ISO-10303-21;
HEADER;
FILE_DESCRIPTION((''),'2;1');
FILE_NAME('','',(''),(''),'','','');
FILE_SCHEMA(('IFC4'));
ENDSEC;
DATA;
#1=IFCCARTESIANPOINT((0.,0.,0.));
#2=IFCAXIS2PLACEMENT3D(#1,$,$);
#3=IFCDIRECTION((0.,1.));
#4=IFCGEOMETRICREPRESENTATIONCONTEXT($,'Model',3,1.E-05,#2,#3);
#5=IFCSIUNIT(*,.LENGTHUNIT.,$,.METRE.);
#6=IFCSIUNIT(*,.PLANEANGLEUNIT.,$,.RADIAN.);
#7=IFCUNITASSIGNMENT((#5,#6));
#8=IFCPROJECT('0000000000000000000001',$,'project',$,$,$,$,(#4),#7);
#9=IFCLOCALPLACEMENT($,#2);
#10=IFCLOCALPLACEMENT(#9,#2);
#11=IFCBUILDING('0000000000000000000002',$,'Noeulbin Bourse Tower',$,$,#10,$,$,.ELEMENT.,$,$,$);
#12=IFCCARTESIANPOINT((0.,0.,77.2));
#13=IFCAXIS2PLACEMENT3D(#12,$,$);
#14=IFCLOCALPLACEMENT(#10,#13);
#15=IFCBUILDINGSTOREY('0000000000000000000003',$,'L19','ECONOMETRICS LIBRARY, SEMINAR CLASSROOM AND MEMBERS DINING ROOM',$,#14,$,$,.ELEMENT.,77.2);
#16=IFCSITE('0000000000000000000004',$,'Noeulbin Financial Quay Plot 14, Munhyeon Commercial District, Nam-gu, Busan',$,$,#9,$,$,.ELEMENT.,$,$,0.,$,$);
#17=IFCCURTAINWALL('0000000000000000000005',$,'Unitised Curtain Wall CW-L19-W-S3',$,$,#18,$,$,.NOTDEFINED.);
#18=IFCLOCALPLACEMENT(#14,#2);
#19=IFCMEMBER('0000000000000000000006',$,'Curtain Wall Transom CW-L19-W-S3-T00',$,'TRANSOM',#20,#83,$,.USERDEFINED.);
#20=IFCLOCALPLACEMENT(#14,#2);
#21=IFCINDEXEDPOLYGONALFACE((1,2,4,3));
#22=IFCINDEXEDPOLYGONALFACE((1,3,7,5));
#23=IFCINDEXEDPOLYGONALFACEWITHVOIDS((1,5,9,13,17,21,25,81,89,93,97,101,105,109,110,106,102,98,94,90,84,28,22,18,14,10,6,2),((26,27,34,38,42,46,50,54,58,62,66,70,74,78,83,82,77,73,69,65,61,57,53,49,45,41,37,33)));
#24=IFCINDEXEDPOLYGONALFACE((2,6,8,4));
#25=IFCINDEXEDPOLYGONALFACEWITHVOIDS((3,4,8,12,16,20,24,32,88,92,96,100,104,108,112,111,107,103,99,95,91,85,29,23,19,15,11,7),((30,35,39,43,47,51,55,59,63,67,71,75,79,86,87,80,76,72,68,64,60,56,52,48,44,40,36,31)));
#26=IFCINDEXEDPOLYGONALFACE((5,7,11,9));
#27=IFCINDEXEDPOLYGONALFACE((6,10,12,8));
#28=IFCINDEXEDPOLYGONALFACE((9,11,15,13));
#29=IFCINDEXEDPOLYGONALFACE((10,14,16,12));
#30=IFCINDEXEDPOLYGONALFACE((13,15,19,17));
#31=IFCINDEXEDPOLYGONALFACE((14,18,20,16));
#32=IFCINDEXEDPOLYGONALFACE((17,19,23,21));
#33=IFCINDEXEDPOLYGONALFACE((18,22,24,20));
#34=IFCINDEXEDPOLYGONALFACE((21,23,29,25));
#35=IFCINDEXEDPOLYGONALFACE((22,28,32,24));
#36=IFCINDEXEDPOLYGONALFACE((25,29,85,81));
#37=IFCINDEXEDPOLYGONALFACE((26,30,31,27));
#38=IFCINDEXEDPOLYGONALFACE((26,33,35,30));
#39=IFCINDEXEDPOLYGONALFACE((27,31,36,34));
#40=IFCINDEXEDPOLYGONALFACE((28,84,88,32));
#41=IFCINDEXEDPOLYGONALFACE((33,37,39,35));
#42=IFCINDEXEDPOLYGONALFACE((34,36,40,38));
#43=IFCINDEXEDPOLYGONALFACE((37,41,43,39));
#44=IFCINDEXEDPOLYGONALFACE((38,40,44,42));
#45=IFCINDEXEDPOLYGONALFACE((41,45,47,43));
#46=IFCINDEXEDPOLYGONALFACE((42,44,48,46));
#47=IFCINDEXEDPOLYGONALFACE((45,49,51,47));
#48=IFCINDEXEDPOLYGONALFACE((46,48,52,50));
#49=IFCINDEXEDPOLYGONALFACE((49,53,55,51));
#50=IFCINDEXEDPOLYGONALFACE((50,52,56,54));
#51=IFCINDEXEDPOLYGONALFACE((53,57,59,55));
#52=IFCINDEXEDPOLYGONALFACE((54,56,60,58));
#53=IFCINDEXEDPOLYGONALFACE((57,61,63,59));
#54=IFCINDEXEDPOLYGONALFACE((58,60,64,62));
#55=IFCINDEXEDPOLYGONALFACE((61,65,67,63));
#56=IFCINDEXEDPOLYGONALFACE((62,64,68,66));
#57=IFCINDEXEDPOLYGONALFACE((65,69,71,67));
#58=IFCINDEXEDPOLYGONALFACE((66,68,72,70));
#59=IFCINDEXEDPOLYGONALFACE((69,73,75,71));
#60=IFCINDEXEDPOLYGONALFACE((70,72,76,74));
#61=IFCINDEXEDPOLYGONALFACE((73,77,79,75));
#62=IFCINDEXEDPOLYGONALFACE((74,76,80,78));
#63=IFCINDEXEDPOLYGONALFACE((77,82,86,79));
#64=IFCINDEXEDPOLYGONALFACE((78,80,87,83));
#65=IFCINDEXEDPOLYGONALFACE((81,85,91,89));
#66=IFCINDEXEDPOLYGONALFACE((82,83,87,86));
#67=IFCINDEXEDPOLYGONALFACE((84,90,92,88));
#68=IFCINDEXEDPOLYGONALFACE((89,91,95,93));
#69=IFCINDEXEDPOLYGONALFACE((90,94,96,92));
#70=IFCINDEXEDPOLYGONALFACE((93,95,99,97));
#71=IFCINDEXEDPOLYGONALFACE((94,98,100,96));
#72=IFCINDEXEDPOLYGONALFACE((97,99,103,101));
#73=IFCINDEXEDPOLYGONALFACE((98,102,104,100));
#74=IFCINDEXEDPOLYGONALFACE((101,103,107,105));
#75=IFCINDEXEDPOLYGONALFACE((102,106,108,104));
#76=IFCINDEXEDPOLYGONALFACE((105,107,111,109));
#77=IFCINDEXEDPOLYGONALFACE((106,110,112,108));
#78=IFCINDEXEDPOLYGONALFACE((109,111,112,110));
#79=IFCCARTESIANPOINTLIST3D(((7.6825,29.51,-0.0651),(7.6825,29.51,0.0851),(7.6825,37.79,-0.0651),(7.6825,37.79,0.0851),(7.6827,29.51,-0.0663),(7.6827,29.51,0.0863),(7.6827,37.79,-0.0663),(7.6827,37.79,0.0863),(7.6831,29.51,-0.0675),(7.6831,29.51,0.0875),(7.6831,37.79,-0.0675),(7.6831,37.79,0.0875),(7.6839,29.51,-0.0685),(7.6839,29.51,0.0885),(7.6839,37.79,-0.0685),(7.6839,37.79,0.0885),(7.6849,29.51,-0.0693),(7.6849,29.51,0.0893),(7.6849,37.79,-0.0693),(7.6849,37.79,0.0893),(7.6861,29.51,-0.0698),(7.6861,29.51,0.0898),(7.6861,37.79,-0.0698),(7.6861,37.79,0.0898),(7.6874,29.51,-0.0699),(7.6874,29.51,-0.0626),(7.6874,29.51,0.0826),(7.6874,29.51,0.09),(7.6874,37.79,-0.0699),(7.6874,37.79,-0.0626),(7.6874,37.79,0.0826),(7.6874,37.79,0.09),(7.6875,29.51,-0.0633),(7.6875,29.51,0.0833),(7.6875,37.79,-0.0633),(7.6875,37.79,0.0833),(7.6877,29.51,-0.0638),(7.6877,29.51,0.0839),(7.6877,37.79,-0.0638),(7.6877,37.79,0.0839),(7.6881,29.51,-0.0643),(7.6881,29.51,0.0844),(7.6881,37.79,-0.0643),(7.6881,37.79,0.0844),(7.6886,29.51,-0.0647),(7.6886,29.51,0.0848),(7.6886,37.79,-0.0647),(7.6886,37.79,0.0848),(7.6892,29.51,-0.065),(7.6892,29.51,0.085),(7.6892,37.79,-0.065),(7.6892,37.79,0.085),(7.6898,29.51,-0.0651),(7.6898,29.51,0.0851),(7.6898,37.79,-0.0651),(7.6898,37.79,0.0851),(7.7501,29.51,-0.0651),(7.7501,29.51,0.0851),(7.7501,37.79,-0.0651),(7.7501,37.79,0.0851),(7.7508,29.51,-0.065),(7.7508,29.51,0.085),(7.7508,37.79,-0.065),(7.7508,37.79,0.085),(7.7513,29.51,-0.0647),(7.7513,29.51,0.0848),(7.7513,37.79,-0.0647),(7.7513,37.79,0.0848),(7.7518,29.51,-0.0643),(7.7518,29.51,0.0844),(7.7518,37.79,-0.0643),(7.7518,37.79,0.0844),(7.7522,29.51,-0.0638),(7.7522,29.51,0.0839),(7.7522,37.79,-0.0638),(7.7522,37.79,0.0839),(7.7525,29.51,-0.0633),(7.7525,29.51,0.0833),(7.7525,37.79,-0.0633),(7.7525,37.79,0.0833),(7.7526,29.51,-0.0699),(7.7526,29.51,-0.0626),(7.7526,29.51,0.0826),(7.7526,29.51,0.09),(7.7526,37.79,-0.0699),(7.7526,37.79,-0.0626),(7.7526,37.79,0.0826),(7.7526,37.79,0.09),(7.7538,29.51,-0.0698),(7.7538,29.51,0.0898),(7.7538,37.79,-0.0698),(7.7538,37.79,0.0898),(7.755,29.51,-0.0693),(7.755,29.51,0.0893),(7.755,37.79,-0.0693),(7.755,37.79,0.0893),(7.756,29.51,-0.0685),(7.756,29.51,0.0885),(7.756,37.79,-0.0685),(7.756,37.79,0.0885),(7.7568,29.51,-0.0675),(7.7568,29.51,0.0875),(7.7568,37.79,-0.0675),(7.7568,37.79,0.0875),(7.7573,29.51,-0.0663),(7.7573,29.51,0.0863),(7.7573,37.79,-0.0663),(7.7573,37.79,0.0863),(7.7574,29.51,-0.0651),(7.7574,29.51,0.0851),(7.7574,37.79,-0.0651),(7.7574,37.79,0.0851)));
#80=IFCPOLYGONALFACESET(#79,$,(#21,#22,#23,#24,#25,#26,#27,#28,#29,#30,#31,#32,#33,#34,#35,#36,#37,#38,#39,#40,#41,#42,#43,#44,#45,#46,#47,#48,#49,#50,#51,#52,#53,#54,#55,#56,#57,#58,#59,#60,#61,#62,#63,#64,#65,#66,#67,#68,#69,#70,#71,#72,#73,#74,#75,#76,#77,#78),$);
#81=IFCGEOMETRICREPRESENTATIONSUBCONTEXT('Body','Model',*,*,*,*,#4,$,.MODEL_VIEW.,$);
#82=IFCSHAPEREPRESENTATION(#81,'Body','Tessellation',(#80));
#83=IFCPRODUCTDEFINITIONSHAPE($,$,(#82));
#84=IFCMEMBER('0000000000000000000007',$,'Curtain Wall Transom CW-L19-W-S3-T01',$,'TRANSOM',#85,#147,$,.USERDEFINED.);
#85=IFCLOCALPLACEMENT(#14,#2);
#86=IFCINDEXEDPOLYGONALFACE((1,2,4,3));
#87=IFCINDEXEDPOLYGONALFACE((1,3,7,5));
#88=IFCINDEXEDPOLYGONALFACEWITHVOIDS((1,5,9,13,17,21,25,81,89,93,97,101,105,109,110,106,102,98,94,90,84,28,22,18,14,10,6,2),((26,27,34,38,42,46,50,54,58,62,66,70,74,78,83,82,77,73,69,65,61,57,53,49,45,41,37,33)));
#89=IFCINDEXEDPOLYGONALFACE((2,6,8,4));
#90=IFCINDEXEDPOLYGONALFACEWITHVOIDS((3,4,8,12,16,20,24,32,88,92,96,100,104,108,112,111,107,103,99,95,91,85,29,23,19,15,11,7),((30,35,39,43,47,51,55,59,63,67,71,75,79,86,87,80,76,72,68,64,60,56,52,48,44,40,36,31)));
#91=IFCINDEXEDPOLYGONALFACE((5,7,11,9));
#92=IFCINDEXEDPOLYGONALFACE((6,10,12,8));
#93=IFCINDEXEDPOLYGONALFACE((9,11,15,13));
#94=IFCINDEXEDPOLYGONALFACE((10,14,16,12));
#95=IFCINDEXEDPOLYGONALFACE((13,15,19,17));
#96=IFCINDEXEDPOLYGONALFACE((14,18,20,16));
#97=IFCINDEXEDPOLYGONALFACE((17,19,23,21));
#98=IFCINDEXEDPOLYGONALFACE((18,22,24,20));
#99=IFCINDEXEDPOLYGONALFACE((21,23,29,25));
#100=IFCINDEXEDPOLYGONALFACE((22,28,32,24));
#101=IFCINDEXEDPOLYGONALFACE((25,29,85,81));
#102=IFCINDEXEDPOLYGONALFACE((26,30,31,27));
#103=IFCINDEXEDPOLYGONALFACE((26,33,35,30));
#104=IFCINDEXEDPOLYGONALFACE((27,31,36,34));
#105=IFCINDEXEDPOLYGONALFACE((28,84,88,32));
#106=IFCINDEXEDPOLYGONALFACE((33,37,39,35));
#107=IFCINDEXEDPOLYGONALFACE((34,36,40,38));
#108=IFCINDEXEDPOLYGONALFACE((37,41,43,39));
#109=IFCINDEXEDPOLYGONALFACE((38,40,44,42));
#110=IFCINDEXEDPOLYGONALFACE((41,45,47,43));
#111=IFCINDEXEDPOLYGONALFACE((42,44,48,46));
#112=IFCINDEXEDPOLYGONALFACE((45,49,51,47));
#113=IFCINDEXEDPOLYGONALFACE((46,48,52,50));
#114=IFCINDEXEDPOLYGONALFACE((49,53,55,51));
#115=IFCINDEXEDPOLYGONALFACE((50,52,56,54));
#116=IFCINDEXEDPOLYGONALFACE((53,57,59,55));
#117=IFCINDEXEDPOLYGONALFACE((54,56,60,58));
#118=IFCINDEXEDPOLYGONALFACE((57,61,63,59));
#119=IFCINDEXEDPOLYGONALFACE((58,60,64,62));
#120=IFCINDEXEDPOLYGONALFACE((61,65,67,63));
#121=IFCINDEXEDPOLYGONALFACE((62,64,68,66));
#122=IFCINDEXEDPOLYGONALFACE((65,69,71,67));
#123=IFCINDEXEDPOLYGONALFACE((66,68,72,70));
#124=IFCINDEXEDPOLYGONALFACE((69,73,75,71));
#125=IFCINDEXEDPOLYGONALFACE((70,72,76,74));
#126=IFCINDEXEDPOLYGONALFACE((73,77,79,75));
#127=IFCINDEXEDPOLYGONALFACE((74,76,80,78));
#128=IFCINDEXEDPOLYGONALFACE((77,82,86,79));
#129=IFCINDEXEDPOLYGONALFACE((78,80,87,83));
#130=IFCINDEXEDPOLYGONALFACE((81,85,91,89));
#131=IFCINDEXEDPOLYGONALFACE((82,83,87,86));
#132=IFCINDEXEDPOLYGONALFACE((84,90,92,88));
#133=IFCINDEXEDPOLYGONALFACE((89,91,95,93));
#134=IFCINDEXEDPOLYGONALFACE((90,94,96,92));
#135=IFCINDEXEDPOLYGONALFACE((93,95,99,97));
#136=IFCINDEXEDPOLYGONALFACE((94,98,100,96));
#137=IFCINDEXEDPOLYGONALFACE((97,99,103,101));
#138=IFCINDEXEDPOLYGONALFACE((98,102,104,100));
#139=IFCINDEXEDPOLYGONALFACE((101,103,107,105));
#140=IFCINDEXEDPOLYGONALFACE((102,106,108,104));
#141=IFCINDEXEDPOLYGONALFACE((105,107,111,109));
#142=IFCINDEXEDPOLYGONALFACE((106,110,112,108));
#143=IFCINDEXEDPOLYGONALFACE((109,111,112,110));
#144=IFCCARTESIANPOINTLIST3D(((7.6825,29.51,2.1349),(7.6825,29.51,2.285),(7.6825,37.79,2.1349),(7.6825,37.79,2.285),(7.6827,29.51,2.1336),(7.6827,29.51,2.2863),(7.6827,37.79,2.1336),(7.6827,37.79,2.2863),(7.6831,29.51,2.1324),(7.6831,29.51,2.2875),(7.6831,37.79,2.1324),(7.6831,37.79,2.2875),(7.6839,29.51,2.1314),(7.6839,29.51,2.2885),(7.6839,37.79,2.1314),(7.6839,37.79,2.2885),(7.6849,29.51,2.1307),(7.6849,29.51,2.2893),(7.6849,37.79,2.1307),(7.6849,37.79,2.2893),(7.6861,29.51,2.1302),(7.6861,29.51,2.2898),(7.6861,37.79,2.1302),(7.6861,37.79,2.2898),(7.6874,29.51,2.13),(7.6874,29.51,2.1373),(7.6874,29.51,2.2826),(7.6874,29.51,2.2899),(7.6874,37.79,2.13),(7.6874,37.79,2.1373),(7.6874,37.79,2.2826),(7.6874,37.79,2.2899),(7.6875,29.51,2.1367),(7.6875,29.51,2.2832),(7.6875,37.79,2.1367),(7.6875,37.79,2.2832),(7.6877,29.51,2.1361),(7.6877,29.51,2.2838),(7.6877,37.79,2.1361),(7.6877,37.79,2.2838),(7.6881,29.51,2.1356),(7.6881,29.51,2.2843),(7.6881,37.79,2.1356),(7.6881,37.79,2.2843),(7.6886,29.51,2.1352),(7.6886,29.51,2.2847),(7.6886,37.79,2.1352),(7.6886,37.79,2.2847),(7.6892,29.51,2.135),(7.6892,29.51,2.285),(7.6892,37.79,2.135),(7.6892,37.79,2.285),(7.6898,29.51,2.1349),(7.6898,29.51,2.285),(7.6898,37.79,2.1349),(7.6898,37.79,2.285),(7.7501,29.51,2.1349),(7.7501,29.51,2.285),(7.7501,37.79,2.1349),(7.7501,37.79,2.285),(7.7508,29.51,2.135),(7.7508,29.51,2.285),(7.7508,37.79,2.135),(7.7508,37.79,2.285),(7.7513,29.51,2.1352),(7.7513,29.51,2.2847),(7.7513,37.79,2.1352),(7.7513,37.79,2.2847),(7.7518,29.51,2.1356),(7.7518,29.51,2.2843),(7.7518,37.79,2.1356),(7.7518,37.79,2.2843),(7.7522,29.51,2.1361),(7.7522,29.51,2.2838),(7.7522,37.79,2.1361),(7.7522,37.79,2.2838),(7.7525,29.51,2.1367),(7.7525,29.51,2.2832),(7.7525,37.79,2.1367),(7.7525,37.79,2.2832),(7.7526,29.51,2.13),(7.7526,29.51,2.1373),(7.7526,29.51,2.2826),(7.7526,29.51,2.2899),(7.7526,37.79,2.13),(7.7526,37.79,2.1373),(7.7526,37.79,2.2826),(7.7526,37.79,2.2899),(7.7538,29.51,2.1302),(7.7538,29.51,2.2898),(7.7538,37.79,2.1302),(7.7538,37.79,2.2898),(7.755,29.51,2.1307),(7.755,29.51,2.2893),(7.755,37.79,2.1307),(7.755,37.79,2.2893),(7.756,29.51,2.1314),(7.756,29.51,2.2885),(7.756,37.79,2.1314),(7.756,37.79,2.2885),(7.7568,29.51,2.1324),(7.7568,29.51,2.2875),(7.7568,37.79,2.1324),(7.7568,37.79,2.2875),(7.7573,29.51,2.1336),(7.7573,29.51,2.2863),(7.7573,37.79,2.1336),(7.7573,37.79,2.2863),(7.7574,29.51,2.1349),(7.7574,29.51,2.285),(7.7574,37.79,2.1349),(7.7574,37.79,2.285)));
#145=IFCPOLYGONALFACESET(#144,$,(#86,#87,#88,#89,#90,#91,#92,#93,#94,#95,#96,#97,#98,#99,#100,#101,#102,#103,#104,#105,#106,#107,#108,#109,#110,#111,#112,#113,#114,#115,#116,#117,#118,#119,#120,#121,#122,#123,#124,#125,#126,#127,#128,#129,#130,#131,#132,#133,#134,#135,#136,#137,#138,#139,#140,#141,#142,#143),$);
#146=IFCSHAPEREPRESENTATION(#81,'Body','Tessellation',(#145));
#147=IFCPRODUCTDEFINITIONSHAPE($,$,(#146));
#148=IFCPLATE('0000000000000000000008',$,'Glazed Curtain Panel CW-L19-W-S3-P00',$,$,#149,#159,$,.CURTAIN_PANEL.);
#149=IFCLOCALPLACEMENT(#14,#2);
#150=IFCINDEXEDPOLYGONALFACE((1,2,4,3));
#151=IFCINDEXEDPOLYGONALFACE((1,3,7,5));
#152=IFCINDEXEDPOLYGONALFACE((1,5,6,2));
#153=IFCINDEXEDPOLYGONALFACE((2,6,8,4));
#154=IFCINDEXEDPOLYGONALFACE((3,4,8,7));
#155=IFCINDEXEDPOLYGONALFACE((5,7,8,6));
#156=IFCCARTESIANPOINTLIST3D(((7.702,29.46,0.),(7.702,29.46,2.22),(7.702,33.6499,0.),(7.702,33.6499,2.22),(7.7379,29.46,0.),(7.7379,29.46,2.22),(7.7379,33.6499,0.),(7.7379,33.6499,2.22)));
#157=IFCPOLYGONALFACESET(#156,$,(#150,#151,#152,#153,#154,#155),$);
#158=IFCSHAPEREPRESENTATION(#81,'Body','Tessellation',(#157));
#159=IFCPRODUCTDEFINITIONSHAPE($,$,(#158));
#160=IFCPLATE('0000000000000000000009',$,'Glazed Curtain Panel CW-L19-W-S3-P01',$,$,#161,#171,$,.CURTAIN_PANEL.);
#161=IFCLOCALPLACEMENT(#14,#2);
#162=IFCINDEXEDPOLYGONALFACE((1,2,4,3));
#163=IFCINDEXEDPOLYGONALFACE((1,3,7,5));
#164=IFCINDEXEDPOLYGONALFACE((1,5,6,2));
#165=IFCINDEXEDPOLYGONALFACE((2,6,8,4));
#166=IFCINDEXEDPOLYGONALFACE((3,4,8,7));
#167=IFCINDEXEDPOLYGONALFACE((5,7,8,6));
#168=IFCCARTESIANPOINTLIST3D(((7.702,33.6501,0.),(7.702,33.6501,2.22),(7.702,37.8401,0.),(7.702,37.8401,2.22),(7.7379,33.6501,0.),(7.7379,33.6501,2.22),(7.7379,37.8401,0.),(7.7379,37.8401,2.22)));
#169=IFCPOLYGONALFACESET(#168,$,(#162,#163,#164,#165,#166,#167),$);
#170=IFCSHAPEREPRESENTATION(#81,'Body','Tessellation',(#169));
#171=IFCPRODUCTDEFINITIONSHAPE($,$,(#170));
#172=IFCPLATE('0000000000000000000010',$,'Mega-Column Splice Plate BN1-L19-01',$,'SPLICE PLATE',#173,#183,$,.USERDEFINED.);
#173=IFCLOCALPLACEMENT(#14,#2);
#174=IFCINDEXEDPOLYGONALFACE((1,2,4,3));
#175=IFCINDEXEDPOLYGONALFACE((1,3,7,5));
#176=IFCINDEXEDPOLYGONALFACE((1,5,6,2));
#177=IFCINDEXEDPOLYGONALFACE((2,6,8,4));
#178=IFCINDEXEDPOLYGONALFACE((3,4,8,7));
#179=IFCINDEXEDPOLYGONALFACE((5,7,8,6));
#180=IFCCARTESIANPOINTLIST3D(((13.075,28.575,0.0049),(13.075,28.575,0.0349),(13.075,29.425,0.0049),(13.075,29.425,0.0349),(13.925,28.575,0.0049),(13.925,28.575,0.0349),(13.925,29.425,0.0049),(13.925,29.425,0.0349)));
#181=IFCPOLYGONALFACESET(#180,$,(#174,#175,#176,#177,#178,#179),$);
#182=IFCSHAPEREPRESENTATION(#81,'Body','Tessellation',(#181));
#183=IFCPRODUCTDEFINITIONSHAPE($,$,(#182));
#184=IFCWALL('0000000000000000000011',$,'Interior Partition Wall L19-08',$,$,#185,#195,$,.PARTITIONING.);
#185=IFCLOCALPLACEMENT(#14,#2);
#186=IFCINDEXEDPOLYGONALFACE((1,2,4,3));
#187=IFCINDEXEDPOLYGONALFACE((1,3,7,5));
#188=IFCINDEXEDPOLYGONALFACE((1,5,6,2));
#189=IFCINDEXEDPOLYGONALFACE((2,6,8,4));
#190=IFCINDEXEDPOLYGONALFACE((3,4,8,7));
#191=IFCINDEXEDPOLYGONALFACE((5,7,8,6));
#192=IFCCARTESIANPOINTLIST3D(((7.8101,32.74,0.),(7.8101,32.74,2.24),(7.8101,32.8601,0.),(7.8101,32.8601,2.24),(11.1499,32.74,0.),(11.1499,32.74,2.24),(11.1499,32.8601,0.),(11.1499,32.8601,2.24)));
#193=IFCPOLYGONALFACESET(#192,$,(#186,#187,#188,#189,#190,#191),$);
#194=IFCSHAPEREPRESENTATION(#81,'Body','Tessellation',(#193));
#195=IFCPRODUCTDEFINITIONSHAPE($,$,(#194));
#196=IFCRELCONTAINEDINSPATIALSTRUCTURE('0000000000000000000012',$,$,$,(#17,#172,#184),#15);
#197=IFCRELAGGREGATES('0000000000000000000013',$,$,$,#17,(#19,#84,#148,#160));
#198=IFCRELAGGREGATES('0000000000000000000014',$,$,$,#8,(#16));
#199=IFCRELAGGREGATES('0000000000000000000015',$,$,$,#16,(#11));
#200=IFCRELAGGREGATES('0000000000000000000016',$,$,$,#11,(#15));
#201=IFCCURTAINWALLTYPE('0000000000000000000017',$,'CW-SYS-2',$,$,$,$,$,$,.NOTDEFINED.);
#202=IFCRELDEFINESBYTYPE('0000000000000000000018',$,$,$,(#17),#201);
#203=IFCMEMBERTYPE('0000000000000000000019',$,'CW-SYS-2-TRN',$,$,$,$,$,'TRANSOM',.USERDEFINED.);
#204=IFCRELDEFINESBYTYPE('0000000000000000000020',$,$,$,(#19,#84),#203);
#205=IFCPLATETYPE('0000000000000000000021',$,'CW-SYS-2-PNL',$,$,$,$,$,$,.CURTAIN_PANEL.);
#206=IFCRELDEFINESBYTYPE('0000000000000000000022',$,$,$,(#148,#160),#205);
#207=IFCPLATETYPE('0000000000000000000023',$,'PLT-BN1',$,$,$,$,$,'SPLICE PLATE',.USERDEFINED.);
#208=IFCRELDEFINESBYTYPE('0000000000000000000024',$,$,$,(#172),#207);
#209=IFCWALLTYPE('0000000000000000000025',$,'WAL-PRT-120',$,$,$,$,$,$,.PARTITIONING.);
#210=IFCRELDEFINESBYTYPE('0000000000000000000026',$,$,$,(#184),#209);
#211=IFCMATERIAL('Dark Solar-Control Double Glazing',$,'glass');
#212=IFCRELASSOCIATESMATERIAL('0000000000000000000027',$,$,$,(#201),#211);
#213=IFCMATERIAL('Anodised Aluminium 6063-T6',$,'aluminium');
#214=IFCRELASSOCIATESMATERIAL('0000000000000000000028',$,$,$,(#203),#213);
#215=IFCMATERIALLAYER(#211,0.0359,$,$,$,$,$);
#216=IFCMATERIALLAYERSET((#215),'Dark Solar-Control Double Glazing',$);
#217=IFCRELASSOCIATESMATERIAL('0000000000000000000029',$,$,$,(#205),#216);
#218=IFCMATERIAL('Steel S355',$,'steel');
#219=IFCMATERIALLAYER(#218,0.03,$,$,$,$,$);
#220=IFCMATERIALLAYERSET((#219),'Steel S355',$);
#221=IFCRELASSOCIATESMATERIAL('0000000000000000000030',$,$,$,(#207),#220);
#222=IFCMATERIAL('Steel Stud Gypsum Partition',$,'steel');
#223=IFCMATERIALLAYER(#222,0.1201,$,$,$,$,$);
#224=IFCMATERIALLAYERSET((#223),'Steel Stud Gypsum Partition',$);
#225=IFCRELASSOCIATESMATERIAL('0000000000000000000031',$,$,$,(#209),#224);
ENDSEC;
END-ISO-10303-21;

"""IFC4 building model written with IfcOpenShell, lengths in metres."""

from ifc_helpers import new_model, si_unit, direction, frame, frame_2d, origin, origin_2d, place, context, subcontext, project, spatial, rectangle, hollow_rectangle, extrude, material, layer, layer_set, material_profile, profile_set, type_object, element, aggregate, save


model = new_model("IFC4")

# Units and contexts
model_context = context("Model", 3, precision=1e-05, world=origin(), true_north=direction((0.0, 1.0)))
body_context = subcontext(model_context, "Body", "Model", "MODEL_VIEW")
ifc_project = project(units=[si_unit("LENGTHUNIT", "METRE"), si_unit("PLANEANGLEUNIT", "RADIAN")], contexts=[model_context])

# Site, building, storey
site_placement = place(None, origin())
site = spatial("IfcSite", under=ifc_project, at=site_placement, Name="Noeulbin Financial Quay Plot 14, Munhyeon Commercial District, Nam-gu, Busan", CompositionType="ELEMENT", RefElevation=0.0)
building_placement = place(site_placement, origin())
building = spatial("IfcBuilding", under=site, at=building_placement, Name="Noeulbin Bourse Tower", CompositionType="ELEMENT")
storey_placement = place(building_placement, frame((0.0, 0.0, 77.2)))
storey = spatial("IfcBuildingStorey", under=building, at=storey_placement, Name="L19", Description="ECONOMETRICS LIBRARY, SEMINAR CLASSROOM AND MEMBERS DINING ROOM", CompositionType="ELEMENT", Elevation=77.2)

# Shared definitions
ifc_material_1 = material(Name="Steel S355", Category="steel")

# Curtain wall, members, plates
ifc_material_2 = material(Name="Dark Solar-Control Double Glazing", Category="glass")
curtain_wall_type = type_object("IfcCurtainWallType", Name="CW-SYS-2", PredefinedType="NOTDEFINED", material=ifc_material_2)
curtain_wall_placement = place(storey_placement, origin())
curtain_wall = element("IfcCurtainWall", 1, at=curtain_wall_placement, inside=storey, type_object=curtain_wall_type, Name="Unitised Curtain Wall CW-L19-W-S3", PredefinedType="NOTDEFINED")
ifc_material_3 = material(Name="Anodised Aluminium 6063-T6", Category="aluminium")
ifc_material_profile_1 = material_profile(ifc_material_3, hollow_rectangle(XDim=0.075, YDim=0.1599, WallThickness=0.0049, InnerFilletRadius=0.0024, OuterFilletRadius=0.0049, at=origin_2d()), Name="ALU-TRAN-75x160x5", Category="LoadBearing")
ifc_profile_set_1 = profile_set([ifc_material_profile_1], Name="Anodised Aluminium 6063-T6")
member_type_1 = type_object("IfcMemberType", Name="CW-SYS-2-TRN", ElementType="TRANSOM", PredefinedType="USERDEFINED", material=ifc_profile_set_1)
member_1_placement = place(storey_placement, frame((7.72, 29.51, 0.01), z_axis=(0.0, 1.0, 0.0), x_axis=(-1.0, 0.0, 0.0)))
member_1 = element("IfcMember", 2, at=member_1_placement, type_object=member_type_1, Name="Curtain Wall Transom CW-L19-W-S3-T00", ObjectType="TRANSOM", PredefinedType="USERDEFINED", context=body_context, shape_type="SweptSolid", body=[
    extrude(hollow_rectangle(XDim=0.075, YDim=0.1599, WallThickness=0.0049, InnerFilletRadius=0.0024, OuterFilletRadius=0.0049, at=origin_2d()), origin(), (0.0, 0.0, 1.0), 8.28),
])
member_2_placement = place(storey_placement, frame((7.72, 29.51, 2.21), z_axis=(0.0, 1.0, 0.0), x_axis=(-1.0, 0.0, 0.0)))
member_2 = element("IfcMember", 3, at=member_2_placement, type_object=member_type_1, Name="Curtain Wall Transom CW-L19-W-S3-T01", ObjectType="TRANSOM", PredefinedType="USERDEFINED", context=body_context, shape_type="SweptSolid", body=[
    extrude(hollow_rectangle(XDim=0.075, YDim=0.1599, WallThickness=0.0049, InnerFilletRadius=0.0024, OuterFilletRadius=0.0049, at=origin_2d()), origin(), (0.0, 0.0, 1.0), 8.28),
])
ifc_layer_1 = layer(ifc_material_2, 0.0359)
ifc_layer_set_1 = layer_set([ifc_layer_1], Name="Dark Solar-Control Double Glazing")
plate_type_1 = type_object("IfcPlateType", Name="CW-SYS-2-PNL", PredefinedType="CURTAIN_PANEL", material=ifc_layer_set_1)
plate_1_placement = place(storey_placement, frame((7.72, 31.5549, 0.0), z_axis=(0.0, 0.0, 1.0), x_axis=(0.0, 1.0, 0.0)))
plate_1 = element("IfcPlate", 4, at=plate_1_placement, type_object=plate_type_1, Name="Glazed Curtain Panel CW-L19-W-S3-P00", PredefinedType="CURTAIN_PANEL", context=body_context, shape_type="SweptSolid", body=[
    extrude(rectangle(XDim=4.1899, YDim=0.0359, at=origin_2d()), origin(), (0.0, 0.0, 1.0), 2.22),
])
plate_2_placement = place(storey_placement, frame((7.72, 35.7451, 0.0), z_axis=(0.0, 0.0, 1.0), x_axis=(0.0, 1.0, 0.0)))
plate_2 = element("IfcPlate", 5, at=plate_2_placement, type_object=plate_type_1, Name="Glazed Curtain Panel CW-L19-W-S3-P01", PredefinedType="CURTAIN_PANEL", context=body_context, shape_type="SweptSolid", body=[
    extrude(rectangle(XDim=4.1899, YDim=0.0359, at=origin_2d()), origin(), (0.0, 0.0, 1.0), 2.22),
])
aggregate(curtain_wall, [member_1, member_2, plate_1, plate_2])

# Plate
ifc_layer_2 = layer(ifc_material_1, 0.03)
ifc_layer_set_2 = layer_set([ifc_layer_2], Name="Steel S355")
plate_type_2 = type_object("IfcPlateType", Name="PLT-BN1", ElementType="SPLICE PLATE", PredefinedType="USERDEFINED", material=ifc_layer_set_2)
plate_3_placement = place(storey_placement, frame((13.5, 29.0, 0.0049), z_axis=(0.0, 0.0, 1.0), x_axis=(1.0, 0.0, 0.0)))
element("IfcPlate", 6, at=plate_3_placement, inside=storey, type_object=plate_type_2, Name="Mega-Column Splice Plate BN1-L19-01", ObjectType="SPLICE PLATE", PredefinedType="USERDEFINED", context=body_context, shape_type="SweptSolid", body=[
    extrude(rectangle(XDim=0.8501, YDim=0.8501, at=origin_2d()), origin(), (0.0, 0.0, 1.0), 0.03),
])

# Wall
ifc_material_4 = material(Name="Steel Stud Gypsum Partition", Category="steel")
ifc_layer_3 = layer(ifc_material_4, 0.1201)
ifc_layer_set_3 = layer_set([ifc_layer_3], Name="Steel Stud Gypsum Partition")
wall_type = type_object("IfcWallType", Name="WAL-PRT-120", PredefinedType="PARTITIONING", material=ifc_layer_set_3)
wall_placement = place(storey_placement, frame((7.8101, 32.8, 0.0), z_axis=(0.0, 0.0, 1.0), x_axis=(1.0, 0.0, 0.0)))
element("IfcWall", 7, at=wall_placement, inside=storey, type_object=wall_type, Name="Interior Partition Wall L19-08", PredefinedType="PARTITIONING", context=body_context, shape_type="SweptSolid", body=[
    extrude(rectangle(XDim=3.3398, YDim=0.1201, at=frame_2d((1.6699, 0.0))), origin(), (0.0, 0.0, 1.0), 2.24),
])

save(model, "model.ifc")
